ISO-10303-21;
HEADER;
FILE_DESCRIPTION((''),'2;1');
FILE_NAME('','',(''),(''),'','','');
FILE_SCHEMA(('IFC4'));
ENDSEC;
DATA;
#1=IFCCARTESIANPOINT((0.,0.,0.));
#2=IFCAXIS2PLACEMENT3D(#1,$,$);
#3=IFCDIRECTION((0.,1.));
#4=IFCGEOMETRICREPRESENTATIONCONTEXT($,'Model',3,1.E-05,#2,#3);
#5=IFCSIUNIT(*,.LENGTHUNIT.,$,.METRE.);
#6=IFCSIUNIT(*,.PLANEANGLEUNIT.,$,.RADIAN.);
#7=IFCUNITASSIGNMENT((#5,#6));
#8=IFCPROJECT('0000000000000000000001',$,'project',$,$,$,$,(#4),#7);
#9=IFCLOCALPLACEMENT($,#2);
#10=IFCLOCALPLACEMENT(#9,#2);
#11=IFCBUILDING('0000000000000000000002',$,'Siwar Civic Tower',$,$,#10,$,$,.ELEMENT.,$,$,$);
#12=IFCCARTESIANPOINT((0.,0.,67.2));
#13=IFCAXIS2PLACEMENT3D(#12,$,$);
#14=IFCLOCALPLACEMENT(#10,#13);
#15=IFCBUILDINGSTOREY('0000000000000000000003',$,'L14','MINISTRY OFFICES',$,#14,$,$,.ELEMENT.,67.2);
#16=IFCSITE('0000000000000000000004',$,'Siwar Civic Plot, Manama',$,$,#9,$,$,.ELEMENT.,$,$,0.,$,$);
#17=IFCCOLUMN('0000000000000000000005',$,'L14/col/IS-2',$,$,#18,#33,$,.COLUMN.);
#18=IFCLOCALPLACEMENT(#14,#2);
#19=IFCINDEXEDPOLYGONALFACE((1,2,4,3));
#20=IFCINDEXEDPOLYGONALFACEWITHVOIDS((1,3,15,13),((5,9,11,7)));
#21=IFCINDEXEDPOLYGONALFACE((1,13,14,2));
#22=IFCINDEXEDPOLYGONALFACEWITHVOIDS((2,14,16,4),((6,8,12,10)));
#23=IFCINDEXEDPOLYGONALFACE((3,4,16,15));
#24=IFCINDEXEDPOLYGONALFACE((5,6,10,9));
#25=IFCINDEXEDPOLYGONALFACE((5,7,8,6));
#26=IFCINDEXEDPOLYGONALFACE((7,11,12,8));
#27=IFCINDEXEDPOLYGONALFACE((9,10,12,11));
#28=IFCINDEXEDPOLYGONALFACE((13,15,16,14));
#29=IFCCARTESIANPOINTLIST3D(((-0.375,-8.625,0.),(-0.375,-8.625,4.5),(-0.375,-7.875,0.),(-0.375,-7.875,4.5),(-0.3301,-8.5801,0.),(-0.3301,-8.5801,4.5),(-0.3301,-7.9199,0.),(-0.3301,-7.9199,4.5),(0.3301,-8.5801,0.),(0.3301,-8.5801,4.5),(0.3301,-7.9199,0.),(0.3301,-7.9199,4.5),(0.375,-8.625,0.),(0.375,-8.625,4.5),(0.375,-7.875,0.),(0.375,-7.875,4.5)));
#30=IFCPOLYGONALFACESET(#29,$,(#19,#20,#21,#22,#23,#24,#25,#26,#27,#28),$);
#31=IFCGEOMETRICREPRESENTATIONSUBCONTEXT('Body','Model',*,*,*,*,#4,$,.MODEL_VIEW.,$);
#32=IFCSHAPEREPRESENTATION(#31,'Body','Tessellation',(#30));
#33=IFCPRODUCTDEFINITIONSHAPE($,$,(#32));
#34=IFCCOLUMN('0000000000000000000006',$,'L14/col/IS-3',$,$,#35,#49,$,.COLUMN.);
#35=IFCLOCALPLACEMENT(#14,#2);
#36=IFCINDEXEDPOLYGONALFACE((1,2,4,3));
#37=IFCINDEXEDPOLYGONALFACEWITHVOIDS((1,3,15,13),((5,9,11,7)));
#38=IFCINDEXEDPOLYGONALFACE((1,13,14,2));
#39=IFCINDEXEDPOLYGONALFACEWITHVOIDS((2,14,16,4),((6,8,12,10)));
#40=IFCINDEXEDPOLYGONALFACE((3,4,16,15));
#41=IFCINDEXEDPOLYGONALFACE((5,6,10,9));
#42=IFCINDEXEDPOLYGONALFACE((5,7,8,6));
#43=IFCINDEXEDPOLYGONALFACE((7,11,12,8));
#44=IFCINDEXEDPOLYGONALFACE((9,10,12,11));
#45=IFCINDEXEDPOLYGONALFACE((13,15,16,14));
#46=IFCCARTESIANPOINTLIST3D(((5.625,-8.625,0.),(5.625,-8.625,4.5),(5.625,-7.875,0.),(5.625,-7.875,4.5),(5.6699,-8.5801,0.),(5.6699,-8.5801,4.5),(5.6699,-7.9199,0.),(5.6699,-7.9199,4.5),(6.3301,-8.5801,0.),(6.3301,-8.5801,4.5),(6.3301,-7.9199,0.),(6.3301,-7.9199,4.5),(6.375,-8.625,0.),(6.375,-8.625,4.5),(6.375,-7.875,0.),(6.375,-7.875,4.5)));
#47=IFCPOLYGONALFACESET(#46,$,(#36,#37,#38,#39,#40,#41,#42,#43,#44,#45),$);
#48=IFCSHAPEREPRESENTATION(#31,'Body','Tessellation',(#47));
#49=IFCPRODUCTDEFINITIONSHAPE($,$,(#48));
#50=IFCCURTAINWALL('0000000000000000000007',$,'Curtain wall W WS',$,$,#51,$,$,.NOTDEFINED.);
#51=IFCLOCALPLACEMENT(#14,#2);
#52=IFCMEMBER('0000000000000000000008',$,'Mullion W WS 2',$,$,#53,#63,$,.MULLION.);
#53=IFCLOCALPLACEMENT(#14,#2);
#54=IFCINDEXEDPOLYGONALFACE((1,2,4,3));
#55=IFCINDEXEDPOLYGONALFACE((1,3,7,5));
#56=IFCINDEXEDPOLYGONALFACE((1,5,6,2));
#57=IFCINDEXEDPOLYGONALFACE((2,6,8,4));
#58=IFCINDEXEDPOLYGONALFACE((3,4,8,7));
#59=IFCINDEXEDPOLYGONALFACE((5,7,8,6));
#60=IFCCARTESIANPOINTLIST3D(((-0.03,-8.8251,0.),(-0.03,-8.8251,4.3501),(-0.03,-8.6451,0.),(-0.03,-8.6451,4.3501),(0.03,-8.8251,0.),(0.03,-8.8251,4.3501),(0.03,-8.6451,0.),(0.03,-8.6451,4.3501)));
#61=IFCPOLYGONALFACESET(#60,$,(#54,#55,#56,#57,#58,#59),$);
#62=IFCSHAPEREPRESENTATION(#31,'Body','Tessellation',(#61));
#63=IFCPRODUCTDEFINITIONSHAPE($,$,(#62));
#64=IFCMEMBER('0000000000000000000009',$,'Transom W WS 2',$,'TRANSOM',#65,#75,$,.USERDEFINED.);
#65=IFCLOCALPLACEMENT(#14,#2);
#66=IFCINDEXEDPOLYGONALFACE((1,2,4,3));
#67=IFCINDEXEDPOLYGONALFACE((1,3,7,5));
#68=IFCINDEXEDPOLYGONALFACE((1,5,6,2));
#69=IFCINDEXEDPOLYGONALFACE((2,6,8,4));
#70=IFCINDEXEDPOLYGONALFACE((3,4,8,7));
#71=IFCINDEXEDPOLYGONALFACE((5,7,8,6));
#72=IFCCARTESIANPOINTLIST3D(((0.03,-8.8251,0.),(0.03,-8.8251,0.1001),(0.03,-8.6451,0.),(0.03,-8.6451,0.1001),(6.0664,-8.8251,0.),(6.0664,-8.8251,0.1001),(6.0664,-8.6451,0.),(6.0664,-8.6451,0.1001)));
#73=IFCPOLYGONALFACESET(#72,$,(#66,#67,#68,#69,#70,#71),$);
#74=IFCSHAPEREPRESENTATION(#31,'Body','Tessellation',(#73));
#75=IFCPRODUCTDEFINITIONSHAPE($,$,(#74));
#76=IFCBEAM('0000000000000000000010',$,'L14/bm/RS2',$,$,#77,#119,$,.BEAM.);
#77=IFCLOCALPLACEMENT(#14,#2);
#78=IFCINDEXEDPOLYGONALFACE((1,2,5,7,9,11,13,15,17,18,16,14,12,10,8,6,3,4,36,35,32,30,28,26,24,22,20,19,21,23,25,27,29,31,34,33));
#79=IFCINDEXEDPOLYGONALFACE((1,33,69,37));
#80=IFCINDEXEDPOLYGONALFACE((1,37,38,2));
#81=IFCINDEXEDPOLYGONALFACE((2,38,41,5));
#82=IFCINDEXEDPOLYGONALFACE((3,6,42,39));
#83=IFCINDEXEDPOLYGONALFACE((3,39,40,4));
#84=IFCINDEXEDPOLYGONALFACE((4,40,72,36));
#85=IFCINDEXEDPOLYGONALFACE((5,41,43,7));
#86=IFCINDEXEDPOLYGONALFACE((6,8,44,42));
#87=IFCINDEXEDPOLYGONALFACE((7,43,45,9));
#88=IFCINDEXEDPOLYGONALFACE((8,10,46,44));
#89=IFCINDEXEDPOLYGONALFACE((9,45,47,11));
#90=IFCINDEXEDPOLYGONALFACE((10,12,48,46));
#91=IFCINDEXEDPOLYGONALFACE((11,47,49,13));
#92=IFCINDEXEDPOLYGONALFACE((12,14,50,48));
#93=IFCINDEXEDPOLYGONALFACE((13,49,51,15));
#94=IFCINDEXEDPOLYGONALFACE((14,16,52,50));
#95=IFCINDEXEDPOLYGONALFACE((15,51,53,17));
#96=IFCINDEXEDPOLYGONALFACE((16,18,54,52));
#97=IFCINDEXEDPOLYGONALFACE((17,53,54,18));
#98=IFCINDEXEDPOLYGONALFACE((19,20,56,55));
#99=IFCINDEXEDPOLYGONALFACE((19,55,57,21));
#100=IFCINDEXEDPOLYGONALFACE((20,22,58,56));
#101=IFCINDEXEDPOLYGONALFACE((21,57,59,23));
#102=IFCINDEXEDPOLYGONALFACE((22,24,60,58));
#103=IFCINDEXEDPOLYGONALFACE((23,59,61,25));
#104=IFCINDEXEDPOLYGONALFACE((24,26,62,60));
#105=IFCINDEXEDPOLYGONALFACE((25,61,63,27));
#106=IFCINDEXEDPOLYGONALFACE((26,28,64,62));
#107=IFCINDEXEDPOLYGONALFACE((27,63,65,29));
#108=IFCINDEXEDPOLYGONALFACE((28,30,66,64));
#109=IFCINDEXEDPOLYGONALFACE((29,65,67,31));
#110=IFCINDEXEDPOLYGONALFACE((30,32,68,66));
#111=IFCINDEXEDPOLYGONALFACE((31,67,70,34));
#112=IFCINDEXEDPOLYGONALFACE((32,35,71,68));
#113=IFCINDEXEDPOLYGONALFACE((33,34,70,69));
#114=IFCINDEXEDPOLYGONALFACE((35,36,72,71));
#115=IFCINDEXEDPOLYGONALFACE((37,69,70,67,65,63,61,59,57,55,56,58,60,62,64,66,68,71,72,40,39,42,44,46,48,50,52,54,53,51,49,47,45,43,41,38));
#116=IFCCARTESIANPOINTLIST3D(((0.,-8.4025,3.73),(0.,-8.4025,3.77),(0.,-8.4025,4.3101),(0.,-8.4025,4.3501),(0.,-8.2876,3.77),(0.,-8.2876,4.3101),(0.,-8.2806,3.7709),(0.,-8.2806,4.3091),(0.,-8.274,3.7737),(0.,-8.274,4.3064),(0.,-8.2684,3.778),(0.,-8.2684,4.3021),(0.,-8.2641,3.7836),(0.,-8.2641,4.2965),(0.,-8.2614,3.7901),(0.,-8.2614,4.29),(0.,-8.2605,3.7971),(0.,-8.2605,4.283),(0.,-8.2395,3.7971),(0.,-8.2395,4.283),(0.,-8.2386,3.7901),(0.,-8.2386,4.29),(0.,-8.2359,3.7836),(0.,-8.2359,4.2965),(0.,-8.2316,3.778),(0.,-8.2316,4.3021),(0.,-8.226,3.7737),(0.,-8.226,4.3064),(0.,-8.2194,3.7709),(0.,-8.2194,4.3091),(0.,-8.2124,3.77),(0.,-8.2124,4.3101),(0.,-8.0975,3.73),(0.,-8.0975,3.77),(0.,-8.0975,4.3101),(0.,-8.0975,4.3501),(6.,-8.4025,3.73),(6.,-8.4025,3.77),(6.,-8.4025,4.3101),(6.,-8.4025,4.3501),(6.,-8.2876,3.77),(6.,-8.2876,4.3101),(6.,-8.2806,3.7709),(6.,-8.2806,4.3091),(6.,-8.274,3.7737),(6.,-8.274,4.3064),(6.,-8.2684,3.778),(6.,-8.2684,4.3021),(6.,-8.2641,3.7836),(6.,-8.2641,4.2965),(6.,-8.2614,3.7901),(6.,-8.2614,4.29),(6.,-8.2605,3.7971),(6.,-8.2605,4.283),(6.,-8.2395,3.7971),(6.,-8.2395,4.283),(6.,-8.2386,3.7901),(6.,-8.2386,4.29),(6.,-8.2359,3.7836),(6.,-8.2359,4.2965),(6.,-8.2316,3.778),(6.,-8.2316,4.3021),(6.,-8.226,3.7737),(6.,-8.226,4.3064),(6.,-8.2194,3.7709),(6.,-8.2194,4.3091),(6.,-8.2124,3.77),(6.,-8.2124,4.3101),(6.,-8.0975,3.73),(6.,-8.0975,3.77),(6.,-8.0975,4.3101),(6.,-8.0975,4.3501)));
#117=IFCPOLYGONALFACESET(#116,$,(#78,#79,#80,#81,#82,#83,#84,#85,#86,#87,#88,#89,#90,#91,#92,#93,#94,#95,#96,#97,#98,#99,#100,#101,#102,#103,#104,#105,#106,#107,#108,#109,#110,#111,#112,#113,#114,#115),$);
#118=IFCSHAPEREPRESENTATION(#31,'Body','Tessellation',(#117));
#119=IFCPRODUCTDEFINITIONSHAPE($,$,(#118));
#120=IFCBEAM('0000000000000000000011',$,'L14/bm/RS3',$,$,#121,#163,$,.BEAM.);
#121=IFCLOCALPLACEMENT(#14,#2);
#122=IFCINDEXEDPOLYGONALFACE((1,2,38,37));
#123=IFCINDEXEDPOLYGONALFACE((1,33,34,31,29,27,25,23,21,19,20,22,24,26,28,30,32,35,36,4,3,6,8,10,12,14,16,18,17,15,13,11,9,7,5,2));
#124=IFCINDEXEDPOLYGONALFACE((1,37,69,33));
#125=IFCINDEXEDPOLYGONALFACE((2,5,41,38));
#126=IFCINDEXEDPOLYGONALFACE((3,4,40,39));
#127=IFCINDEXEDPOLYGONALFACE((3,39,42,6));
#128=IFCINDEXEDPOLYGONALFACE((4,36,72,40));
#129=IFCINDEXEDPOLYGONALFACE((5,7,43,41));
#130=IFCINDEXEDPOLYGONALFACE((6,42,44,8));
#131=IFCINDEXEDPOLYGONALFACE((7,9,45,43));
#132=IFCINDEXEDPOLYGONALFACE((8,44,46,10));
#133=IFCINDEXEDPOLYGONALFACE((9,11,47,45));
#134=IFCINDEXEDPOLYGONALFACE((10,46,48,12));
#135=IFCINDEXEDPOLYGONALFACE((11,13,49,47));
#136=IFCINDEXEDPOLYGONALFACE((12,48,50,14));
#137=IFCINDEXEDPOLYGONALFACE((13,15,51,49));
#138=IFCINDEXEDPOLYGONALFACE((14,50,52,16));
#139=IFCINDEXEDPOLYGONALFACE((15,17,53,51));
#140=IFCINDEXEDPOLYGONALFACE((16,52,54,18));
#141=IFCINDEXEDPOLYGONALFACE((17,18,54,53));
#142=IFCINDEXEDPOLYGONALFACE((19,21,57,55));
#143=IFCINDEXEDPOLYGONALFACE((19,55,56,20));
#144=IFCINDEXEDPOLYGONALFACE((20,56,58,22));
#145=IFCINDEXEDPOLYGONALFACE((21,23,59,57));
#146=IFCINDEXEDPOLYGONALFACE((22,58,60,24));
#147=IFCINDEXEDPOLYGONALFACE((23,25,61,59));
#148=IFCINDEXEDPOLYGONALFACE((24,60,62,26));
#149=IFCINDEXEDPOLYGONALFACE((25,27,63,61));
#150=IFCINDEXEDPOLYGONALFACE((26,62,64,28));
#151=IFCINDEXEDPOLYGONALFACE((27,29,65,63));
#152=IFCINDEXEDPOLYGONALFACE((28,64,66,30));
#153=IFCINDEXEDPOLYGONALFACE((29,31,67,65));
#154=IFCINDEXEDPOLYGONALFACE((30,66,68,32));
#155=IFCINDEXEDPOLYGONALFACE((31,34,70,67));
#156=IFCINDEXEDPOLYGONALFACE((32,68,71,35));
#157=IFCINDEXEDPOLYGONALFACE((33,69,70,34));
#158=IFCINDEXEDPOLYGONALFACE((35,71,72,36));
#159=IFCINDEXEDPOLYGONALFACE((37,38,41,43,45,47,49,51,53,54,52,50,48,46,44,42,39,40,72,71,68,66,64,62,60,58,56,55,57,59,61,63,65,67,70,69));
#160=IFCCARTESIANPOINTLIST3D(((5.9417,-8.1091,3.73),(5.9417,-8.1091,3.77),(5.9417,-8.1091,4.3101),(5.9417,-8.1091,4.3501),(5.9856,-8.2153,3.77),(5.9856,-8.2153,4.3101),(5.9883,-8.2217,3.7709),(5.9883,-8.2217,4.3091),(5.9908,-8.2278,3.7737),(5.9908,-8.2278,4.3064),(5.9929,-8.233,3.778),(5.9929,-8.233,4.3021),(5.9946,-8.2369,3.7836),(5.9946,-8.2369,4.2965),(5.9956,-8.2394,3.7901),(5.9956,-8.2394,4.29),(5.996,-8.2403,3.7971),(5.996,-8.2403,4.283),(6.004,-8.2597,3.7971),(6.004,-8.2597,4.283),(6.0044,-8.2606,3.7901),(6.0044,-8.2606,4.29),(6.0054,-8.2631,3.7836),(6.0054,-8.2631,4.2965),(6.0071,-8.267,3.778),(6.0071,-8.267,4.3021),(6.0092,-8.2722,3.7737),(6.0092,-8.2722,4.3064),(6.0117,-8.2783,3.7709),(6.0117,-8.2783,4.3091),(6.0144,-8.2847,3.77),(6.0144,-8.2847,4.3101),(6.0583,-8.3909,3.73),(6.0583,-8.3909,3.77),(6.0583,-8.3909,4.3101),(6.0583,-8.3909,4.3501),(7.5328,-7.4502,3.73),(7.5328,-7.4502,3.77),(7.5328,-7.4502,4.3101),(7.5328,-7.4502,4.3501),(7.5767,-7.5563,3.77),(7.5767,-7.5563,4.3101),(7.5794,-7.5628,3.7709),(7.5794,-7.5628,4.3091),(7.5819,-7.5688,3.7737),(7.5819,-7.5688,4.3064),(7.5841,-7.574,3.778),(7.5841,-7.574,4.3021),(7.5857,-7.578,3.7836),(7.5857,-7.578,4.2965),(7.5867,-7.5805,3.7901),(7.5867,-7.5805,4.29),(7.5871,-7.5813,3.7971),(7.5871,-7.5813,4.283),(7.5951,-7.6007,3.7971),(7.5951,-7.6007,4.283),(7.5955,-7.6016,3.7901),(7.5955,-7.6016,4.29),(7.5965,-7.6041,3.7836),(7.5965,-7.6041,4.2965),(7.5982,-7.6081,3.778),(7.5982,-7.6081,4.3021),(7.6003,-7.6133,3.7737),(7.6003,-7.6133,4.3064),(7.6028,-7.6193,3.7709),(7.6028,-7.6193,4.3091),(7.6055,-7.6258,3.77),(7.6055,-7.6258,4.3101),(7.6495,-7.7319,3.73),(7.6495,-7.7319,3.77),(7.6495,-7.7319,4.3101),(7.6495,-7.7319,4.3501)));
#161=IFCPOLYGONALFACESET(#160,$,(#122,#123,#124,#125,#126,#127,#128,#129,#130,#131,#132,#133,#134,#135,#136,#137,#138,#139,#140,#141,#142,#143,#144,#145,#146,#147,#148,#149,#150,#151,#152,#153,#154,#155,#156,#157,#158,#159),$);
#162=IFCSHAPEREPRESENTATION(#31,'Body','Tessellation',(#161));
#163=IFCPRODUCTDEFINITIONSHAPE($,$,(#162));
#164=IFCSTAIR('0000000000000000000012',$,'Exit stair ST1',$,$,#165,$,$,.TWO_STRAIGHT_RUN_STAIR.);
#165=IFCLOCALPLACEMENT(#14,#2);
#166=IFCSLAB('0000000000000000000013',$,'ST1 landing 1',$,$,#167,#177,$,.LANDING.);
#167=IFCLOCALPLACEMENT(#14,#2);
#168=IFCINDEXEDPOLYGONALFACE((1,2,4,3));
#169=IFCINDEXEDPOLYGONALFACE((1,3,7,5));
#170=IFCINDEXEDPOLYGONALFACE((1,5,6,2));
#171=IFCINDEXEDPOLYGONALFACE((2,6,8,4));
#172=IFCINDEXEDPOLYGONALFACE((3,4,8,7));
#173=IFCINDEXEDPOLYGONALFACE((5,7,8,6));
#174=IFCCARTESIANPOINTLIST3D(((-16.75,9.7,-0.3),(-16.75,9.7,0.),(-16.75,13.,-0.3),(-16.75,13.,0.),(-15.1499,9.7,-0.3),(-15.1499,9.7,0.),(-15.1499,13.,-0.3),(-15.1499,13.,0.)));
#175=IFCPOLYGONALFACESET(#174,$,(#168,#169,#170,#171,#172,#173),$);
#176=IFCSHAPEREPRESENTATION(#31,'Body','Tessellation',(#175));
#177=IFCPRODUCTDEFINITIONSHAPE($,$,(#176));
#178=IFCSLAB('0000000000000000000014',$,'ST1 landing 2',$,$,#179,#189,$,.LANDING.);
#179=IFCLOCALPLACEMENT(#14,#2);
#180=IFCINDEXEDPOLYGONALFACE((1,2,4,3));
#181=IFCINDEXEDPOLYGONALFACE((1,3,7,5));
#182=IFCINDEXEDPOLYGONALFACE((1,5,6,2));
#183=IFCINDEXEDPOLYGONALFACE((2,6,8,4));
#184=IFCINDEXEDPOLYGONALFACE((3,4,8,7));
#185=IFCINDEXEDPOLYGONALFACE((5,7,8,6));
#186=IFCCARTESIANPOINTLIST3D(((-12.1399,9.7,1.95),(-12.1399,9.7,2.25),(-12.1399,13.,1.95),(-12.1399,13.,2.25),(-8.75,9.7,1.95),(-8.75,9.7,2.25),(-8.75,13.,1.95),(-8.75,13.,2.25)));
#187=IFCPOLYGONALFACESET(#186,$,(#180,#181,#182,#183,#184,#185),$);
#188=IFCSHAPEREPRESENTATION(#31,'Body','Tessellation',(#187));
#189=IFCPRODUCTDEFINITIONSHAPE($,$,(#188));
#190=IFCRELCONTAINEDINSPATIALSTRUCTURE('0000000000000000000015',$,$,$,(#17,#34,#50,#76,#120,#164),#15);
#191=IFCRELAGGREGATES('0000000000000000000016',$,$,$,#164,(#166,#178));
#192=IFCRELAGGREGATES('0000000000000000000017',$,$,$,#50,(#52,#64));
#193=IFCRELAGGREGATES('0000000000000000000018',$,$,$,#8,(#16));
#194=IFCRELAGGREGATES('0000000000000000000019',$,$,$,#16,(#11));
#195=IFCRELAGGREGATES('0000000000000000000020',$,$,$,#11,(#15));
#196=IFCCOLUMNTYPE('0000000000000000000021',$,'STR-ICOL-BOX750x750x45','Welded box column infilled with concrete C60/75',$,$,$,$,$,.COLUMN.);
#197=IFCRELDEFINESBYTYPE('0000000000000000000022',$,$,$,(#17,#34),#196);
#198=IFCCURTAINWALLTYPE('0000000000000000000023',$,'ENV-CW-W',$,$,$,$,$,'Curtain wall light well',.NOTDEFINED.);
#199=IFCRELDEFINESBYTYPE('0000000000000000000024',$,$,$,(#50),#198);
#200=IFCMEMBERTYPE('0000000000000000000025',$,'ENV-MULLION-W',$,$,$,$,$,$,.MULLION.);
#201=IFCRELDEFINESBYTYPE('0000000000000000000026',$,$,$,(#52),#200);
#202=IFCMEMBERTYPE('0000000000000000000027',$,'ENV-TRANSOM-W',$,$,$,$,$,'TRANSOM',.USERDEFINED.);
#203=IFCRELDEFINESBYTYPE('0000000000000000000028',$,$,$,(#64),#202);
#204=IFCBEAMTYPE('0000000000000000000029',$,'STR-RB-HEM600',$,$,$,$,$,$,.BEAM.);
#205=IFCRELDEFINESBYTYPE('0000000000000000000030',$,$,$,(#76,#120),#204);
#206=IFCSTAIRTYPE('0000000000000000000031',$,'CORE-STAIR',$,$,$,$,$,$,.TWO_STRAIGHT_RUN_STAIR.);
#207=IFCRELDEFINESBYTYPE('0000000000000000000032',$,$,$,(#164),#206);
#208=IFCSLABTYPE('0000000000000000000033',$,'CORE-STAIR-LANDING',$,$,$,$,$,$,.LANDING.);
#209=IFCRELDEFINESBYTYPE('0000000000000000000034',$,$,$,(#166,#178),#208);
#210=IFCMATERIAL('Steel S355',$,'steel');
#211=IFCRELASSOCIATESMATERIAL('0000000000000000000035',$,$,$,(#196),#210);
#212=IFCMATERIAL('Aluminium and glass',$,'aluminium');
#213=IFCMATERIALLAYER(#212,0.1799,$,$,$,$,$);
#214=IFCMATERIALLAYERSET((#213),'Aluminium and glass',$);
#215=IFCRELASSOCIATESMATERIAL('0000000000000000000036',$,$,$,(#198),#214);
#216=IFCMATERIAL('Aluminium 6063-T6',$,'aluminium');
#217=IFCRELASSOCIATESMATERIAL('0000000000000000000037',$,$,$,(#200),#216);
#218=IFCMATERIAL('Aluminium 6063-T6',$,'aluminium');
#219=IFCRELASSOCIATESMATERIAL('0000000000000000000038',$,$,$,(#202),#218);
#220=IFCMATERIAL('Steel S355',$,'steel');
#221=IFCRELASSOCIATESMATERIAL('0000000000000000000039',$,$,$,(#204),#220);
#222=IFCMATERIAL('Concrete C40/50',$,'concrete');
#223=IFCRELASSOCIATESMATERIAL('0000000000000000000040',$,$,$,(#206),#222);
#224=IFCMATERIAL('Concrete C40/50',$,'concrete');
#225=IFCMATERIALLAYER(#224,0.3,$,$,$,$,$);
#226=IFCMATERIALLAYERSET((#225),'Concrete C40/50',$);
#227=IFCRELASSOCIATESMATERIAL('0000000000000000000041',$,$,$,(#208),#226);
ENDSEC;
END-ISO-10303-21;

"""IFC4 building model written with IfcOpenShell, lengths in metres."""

from ifc_helpers import new_model, si_unit, direction, frame, origin, origin_2d, place, context, subcontext, project, spatial, polyline, rectangle, hollow_rectangle, i_section, outline, extrude, material, layer, layer_set, material_profile, profile_set, type_object, element, aggregate, save


model = new_model("IFC4")

# Units and contexts
model_context = context("Model", 3, precision=1e-05, world=origin(), true_north=direction((0.0, 1.0)))
body_context = subcontext(model_context, "Body", "Model", "MODEL_VIEW")
ifc_project = project(units=[si_unit("LENGTHUNIT", "METRE"), si_unit("PLANEANGLEUNIT", "RADIAN")], contexts=[model_context])

# Site, building, storey
site_placement = place(None, origin())
site = spatial("IfcSite", under=ifc_project, at=site_placement, Name="Siwar Civic Plot, Manama", CompositionType="ELEMENT", RefElevation=0.0)
building_placement = place(site_placement, origin())
building = spatial("IfcBuilding", under=site, at=building_placement, Name="Siwar Civic Tower", CompositionType="ELEMENT")
storey_placement = place(building_placement, frame((0.0, 0.0, 67.2)))
storey = spatial("IfcBuildingStorey", under=building, at=storey_placement, Name="L14", Description="MINISTRY OFFICES", CompositionType="ELEMENT", Elevation=67.2)

# Columns
ifc_material_1 = material(Name="Steel S355", Category="steel")
ifc_material_profile_1 = material_profile(ifc_material_1, hollow_rectangle(XDim=0.75, YDim=0.75, WallThickness=0.0449, at=origin_2d()), Name="BOX750x750x45")
ifc_profile_set_1 = profile_set([ifc_material_profile_1], Name="Steel S355")
column_type = type_object("IfcColumnType", Name="STR-ICOL-BOX750x750x45", Description="Welded box column infilled with concrete C60/75", PredefinedType="COLUMN", material=ifc_profile_set_1)
for number, where, z_axis, x_axis, name in (
    (1, (0.0, -8.25, 0.0), (0.0, 0.0, 1.0), (1.0, 0.0, 0.0), "L14/col/IS-2"),
    (2, (6.0, -8.25, 0.0), (0.0, 0.0, 1.0), (1.0, 0.0, 0.0), "L14/col/IS-3"),
):
    element("IfcColumn", number, at=place(storey_placement, frame(where, z_axis=z_axis, x_axis=x_axis)), inside=storey, type_object=column_type, Name=name, PredefinedType="COLUMN", context=body_context, shape_type="SweptSolid", body=[
        extrude(hollow_rectangle(XDim=0.75, YDim=0.75, WallThickness=0.0449, at=origin_2d()), origin(), (0.0, 0.0, 1.0), 4.5),
    ])

# Curtain wall, members
ifc_material_2 = material(Name="Aluminium and glass", Category="aluminium")
ifc_layer_1 = layer(ifc_material_2, 0.1799)
ifc_layer_set_1 = layer_set([ifc_layer_1], Name="Aluminium and glass")
curtain_wall_type = type_object("IfcCurtainWallType", Name="ENV-CW-W", ElementType="Curtain wall light well", PredefinedType="NOTDEFINED", material=ifc_layer_set_1)
curtain_wall_placement = place(storey_placement, origin())
curtain_wall = element("IfcCurtainWall", 3, at=curtain_wall_placement, inside=storey, type_object=curtain_wall_type, Name="Curtain wall W WS", PredefinedType="NOTDEFINED")
ifc_material_3 = material(Name="Aluminium 6063-T6", Category="aluminium")
ifc_material_profile_2 = material_profile(ifc_material_3, rectangle(XDim=0.1799, YDim=0.0601, at=origin_2d()), Name="AL 180x60")
ifc_profile_set_2 = profile_set([ifc_material_profile_2], Name="Aluminium 6063-T6")
member_type_1 = type_object("IfcMemberType", Name="ENV-MULLION-W", PredefinedType="MULLION", material=ifc_profile_set_2)
member_1_placement = place(storey_placement, frame((0.0, -8.7351, 0.0), z_axis=(0.0, 0.0, 1.0), x_axis=(0.0, 1.0, 0.0)))
member_1 = element("IfcMember", 4, at=member_1_placement, type_object=member_type_1, Name="Mullion W WS 2", PredefinedType="MULLION", context=body_context, shape_type="SweptSolid", body=[
    extrude(rectangle(XDim=0.1799, YDim=0.0601, at=origin_2d()), origin(), (0.0, 0.0, 1.0), 4.3501),
])
ifc_material_4 = material(Name="Aluminium 6063-T6", Category="aluminium")
ifc_material_profile_3 = material_profile(ifc_material_4, rectangle(XDim=0.1799, YDim=0.1001, at=origin_2d()), Name="AL 180x100")
ifc_profile_set_3 = profile_set([ifc_material_profile_3], Name="Aluminium 6063-T6")
member_type_2 = type_object("IfcMemberType", Name="ENV-TRANSOM-W", ElementType="TRANSOM", PredefinedType="USERDEFINED", material=ifc_profile_set_3)
member_2_placement = place(storey_placement, frame((0.03, -8.7351, 0.05), z_axis=(1.0, 0.0, 0.0), x_axis=(0.0, 1.0, 0.0)))
member_2 = element("IfcMember", 5, at=member_2_placement, type_object=member_type_2, Name="Transom W WS 2", ObjectType="TRANSOM", PredefinedType="USERDEFINED", context=body_context, shape_type="SweptSolid", body=[
    extrude(rectangle(XDim=0.1799, YDim=0.1001, at=origin_2d()), origin(), (0.0, 0.0, 1.0), 6.0364),
])

# Beams
ifc_material_5 = material(Name="Steel S355", Category="steel")
ifc_material_profile_4 = material_profile(ifc_material_5, i_section(OverallWidth=0.3049, OverallDepth=0.6201, WebThickness=0.021, FlangeThickness=0.04, FilletRadius=0.0271, at=origin_2d()), Name="HEM600")
ifc_profile_set_4 = profile_set([ifc_material_profile_4], Name="Steel S355")
beam_type = type_object("IfcBeamType", Name="STR-RB-HEM600", PredefinedType="BEAM", material=ifc_profile_set_4)
beam_1_placement = place(storey_placement, frame((0.0, -8.25, 4.04), z_axis=(1.0, 0.0, 0.0), x_axis=(0.0, 1.0, 0.0)))
element("IfcBeam", 6, at=beam_1_placement, inside=storey, type_object=beam_type, Name="L14/bm/RS2", PredefinedType="BEAM", context=body_context, shape_type="SweptSolid", body=[
    extrude(i_section(OverallWidth=0.3049, OverallDepth=0.6201, WebThickness=0.021, FlangeThickness=0.04, FilletRadius=0.0271, at=origin_2d()), origin(), (0.0, 0.0, 1.0), 6.0),
])
beam_2_placement = place(storey_placement, frame((6.0, -8.25, 4.04), z_axis=(0.923901, 0.382631, 0.0), x_axis=(-0.382631, 0.923901, 0.0)))
element("IfcBeam", 7, at=beam_2_placement, inside=storey, type_object=beam_type, Name="L14/bm/RS3", PredefinedType="BEAM", context=body_context, shape_type="SweptSolid", body=[
    extrude(i_section(OverallWidth=0.3049, OverallDepth=0.6201, WebThickness=0.021, FlangeThickness=0.04, FilletRadius=0.0271, at=origin_2d()), origin(), (0.0, 0.0, 1.0), 1.7222),
])

# Stair, slabs
ifc_material_6 = material(Name="Concrete C40/50", Category="concrete")
stair_type = type_object("IfcStairType", Name="CORE-STAIR", PredefinedType="TWO_STRAIGHT_RUN_STAIR", material=ifc_material_6)
stair_1_placement = place(storey_placement, origin())
stair_1 = element("IfcStair", 8, at=stair_1_placement, inside=storey, type_object=stair_type, Name="Exit stair ST1", PredefinedType="TWO_STRAIGHT_RUN_STAIR")
ifc_material_7 = material(Name="Concrete C40/50", Category="concrete")
ifc_layer_2 = layer(ifc_material_7, 0.3)
ifc_layer_set_2 = layer_set([ifc_layer_2], Name="Concrete C40/50")
slab_type_1 = type_object("IfcSlabType", Name="CORE-STAIR-LANDING", PredefinedType="LANDING", material=ifc_layer_set_2)
slab_1_placement = place(storey_placement, frame((0.0, 0.0, -0.3)))
slab_1 = element("IfcSlab", 9, at=slab_1_placement, type_object=slab_type_1, Name="ST1 landing 1", PredefinedType="LANDING", context=body_context, shape_type="SweptSolid", body=[
    extrude(outline(polyline([(-15.1499, 13.0), (-16.75, 13.0), (-16.75, 9.7), (-15.1499, 9.7), (-15.1499, 13.0)])), origin(), (0.0, 0.0, 1.0), 0.3),
])
slab_2_placement = place(storey_placement, frame((0.0, 0.0, 1.95)))
slab_2 = element("IfcSlab", 10, at=slab_2_placement, type_object=slab_type_1, Name="ST1 landing 2", PredefinedType="LANDING", context=body_context, shape_type="SweptSolid", body=[
    extrude(outline(polyline([(-8.75, 13.0), (-12.1399, 13.0), (-12.1399, 9.7), (-8.75, 9.7), (-8.75, 13.0)])), origin(), (0.0, 0.0, 1.0), 0.3),
])
aggregate(stair_1, [slab_1, slab_2])

aggregate(curtain_wall, [member_1, member_2])

save(model, "model.ifc")
